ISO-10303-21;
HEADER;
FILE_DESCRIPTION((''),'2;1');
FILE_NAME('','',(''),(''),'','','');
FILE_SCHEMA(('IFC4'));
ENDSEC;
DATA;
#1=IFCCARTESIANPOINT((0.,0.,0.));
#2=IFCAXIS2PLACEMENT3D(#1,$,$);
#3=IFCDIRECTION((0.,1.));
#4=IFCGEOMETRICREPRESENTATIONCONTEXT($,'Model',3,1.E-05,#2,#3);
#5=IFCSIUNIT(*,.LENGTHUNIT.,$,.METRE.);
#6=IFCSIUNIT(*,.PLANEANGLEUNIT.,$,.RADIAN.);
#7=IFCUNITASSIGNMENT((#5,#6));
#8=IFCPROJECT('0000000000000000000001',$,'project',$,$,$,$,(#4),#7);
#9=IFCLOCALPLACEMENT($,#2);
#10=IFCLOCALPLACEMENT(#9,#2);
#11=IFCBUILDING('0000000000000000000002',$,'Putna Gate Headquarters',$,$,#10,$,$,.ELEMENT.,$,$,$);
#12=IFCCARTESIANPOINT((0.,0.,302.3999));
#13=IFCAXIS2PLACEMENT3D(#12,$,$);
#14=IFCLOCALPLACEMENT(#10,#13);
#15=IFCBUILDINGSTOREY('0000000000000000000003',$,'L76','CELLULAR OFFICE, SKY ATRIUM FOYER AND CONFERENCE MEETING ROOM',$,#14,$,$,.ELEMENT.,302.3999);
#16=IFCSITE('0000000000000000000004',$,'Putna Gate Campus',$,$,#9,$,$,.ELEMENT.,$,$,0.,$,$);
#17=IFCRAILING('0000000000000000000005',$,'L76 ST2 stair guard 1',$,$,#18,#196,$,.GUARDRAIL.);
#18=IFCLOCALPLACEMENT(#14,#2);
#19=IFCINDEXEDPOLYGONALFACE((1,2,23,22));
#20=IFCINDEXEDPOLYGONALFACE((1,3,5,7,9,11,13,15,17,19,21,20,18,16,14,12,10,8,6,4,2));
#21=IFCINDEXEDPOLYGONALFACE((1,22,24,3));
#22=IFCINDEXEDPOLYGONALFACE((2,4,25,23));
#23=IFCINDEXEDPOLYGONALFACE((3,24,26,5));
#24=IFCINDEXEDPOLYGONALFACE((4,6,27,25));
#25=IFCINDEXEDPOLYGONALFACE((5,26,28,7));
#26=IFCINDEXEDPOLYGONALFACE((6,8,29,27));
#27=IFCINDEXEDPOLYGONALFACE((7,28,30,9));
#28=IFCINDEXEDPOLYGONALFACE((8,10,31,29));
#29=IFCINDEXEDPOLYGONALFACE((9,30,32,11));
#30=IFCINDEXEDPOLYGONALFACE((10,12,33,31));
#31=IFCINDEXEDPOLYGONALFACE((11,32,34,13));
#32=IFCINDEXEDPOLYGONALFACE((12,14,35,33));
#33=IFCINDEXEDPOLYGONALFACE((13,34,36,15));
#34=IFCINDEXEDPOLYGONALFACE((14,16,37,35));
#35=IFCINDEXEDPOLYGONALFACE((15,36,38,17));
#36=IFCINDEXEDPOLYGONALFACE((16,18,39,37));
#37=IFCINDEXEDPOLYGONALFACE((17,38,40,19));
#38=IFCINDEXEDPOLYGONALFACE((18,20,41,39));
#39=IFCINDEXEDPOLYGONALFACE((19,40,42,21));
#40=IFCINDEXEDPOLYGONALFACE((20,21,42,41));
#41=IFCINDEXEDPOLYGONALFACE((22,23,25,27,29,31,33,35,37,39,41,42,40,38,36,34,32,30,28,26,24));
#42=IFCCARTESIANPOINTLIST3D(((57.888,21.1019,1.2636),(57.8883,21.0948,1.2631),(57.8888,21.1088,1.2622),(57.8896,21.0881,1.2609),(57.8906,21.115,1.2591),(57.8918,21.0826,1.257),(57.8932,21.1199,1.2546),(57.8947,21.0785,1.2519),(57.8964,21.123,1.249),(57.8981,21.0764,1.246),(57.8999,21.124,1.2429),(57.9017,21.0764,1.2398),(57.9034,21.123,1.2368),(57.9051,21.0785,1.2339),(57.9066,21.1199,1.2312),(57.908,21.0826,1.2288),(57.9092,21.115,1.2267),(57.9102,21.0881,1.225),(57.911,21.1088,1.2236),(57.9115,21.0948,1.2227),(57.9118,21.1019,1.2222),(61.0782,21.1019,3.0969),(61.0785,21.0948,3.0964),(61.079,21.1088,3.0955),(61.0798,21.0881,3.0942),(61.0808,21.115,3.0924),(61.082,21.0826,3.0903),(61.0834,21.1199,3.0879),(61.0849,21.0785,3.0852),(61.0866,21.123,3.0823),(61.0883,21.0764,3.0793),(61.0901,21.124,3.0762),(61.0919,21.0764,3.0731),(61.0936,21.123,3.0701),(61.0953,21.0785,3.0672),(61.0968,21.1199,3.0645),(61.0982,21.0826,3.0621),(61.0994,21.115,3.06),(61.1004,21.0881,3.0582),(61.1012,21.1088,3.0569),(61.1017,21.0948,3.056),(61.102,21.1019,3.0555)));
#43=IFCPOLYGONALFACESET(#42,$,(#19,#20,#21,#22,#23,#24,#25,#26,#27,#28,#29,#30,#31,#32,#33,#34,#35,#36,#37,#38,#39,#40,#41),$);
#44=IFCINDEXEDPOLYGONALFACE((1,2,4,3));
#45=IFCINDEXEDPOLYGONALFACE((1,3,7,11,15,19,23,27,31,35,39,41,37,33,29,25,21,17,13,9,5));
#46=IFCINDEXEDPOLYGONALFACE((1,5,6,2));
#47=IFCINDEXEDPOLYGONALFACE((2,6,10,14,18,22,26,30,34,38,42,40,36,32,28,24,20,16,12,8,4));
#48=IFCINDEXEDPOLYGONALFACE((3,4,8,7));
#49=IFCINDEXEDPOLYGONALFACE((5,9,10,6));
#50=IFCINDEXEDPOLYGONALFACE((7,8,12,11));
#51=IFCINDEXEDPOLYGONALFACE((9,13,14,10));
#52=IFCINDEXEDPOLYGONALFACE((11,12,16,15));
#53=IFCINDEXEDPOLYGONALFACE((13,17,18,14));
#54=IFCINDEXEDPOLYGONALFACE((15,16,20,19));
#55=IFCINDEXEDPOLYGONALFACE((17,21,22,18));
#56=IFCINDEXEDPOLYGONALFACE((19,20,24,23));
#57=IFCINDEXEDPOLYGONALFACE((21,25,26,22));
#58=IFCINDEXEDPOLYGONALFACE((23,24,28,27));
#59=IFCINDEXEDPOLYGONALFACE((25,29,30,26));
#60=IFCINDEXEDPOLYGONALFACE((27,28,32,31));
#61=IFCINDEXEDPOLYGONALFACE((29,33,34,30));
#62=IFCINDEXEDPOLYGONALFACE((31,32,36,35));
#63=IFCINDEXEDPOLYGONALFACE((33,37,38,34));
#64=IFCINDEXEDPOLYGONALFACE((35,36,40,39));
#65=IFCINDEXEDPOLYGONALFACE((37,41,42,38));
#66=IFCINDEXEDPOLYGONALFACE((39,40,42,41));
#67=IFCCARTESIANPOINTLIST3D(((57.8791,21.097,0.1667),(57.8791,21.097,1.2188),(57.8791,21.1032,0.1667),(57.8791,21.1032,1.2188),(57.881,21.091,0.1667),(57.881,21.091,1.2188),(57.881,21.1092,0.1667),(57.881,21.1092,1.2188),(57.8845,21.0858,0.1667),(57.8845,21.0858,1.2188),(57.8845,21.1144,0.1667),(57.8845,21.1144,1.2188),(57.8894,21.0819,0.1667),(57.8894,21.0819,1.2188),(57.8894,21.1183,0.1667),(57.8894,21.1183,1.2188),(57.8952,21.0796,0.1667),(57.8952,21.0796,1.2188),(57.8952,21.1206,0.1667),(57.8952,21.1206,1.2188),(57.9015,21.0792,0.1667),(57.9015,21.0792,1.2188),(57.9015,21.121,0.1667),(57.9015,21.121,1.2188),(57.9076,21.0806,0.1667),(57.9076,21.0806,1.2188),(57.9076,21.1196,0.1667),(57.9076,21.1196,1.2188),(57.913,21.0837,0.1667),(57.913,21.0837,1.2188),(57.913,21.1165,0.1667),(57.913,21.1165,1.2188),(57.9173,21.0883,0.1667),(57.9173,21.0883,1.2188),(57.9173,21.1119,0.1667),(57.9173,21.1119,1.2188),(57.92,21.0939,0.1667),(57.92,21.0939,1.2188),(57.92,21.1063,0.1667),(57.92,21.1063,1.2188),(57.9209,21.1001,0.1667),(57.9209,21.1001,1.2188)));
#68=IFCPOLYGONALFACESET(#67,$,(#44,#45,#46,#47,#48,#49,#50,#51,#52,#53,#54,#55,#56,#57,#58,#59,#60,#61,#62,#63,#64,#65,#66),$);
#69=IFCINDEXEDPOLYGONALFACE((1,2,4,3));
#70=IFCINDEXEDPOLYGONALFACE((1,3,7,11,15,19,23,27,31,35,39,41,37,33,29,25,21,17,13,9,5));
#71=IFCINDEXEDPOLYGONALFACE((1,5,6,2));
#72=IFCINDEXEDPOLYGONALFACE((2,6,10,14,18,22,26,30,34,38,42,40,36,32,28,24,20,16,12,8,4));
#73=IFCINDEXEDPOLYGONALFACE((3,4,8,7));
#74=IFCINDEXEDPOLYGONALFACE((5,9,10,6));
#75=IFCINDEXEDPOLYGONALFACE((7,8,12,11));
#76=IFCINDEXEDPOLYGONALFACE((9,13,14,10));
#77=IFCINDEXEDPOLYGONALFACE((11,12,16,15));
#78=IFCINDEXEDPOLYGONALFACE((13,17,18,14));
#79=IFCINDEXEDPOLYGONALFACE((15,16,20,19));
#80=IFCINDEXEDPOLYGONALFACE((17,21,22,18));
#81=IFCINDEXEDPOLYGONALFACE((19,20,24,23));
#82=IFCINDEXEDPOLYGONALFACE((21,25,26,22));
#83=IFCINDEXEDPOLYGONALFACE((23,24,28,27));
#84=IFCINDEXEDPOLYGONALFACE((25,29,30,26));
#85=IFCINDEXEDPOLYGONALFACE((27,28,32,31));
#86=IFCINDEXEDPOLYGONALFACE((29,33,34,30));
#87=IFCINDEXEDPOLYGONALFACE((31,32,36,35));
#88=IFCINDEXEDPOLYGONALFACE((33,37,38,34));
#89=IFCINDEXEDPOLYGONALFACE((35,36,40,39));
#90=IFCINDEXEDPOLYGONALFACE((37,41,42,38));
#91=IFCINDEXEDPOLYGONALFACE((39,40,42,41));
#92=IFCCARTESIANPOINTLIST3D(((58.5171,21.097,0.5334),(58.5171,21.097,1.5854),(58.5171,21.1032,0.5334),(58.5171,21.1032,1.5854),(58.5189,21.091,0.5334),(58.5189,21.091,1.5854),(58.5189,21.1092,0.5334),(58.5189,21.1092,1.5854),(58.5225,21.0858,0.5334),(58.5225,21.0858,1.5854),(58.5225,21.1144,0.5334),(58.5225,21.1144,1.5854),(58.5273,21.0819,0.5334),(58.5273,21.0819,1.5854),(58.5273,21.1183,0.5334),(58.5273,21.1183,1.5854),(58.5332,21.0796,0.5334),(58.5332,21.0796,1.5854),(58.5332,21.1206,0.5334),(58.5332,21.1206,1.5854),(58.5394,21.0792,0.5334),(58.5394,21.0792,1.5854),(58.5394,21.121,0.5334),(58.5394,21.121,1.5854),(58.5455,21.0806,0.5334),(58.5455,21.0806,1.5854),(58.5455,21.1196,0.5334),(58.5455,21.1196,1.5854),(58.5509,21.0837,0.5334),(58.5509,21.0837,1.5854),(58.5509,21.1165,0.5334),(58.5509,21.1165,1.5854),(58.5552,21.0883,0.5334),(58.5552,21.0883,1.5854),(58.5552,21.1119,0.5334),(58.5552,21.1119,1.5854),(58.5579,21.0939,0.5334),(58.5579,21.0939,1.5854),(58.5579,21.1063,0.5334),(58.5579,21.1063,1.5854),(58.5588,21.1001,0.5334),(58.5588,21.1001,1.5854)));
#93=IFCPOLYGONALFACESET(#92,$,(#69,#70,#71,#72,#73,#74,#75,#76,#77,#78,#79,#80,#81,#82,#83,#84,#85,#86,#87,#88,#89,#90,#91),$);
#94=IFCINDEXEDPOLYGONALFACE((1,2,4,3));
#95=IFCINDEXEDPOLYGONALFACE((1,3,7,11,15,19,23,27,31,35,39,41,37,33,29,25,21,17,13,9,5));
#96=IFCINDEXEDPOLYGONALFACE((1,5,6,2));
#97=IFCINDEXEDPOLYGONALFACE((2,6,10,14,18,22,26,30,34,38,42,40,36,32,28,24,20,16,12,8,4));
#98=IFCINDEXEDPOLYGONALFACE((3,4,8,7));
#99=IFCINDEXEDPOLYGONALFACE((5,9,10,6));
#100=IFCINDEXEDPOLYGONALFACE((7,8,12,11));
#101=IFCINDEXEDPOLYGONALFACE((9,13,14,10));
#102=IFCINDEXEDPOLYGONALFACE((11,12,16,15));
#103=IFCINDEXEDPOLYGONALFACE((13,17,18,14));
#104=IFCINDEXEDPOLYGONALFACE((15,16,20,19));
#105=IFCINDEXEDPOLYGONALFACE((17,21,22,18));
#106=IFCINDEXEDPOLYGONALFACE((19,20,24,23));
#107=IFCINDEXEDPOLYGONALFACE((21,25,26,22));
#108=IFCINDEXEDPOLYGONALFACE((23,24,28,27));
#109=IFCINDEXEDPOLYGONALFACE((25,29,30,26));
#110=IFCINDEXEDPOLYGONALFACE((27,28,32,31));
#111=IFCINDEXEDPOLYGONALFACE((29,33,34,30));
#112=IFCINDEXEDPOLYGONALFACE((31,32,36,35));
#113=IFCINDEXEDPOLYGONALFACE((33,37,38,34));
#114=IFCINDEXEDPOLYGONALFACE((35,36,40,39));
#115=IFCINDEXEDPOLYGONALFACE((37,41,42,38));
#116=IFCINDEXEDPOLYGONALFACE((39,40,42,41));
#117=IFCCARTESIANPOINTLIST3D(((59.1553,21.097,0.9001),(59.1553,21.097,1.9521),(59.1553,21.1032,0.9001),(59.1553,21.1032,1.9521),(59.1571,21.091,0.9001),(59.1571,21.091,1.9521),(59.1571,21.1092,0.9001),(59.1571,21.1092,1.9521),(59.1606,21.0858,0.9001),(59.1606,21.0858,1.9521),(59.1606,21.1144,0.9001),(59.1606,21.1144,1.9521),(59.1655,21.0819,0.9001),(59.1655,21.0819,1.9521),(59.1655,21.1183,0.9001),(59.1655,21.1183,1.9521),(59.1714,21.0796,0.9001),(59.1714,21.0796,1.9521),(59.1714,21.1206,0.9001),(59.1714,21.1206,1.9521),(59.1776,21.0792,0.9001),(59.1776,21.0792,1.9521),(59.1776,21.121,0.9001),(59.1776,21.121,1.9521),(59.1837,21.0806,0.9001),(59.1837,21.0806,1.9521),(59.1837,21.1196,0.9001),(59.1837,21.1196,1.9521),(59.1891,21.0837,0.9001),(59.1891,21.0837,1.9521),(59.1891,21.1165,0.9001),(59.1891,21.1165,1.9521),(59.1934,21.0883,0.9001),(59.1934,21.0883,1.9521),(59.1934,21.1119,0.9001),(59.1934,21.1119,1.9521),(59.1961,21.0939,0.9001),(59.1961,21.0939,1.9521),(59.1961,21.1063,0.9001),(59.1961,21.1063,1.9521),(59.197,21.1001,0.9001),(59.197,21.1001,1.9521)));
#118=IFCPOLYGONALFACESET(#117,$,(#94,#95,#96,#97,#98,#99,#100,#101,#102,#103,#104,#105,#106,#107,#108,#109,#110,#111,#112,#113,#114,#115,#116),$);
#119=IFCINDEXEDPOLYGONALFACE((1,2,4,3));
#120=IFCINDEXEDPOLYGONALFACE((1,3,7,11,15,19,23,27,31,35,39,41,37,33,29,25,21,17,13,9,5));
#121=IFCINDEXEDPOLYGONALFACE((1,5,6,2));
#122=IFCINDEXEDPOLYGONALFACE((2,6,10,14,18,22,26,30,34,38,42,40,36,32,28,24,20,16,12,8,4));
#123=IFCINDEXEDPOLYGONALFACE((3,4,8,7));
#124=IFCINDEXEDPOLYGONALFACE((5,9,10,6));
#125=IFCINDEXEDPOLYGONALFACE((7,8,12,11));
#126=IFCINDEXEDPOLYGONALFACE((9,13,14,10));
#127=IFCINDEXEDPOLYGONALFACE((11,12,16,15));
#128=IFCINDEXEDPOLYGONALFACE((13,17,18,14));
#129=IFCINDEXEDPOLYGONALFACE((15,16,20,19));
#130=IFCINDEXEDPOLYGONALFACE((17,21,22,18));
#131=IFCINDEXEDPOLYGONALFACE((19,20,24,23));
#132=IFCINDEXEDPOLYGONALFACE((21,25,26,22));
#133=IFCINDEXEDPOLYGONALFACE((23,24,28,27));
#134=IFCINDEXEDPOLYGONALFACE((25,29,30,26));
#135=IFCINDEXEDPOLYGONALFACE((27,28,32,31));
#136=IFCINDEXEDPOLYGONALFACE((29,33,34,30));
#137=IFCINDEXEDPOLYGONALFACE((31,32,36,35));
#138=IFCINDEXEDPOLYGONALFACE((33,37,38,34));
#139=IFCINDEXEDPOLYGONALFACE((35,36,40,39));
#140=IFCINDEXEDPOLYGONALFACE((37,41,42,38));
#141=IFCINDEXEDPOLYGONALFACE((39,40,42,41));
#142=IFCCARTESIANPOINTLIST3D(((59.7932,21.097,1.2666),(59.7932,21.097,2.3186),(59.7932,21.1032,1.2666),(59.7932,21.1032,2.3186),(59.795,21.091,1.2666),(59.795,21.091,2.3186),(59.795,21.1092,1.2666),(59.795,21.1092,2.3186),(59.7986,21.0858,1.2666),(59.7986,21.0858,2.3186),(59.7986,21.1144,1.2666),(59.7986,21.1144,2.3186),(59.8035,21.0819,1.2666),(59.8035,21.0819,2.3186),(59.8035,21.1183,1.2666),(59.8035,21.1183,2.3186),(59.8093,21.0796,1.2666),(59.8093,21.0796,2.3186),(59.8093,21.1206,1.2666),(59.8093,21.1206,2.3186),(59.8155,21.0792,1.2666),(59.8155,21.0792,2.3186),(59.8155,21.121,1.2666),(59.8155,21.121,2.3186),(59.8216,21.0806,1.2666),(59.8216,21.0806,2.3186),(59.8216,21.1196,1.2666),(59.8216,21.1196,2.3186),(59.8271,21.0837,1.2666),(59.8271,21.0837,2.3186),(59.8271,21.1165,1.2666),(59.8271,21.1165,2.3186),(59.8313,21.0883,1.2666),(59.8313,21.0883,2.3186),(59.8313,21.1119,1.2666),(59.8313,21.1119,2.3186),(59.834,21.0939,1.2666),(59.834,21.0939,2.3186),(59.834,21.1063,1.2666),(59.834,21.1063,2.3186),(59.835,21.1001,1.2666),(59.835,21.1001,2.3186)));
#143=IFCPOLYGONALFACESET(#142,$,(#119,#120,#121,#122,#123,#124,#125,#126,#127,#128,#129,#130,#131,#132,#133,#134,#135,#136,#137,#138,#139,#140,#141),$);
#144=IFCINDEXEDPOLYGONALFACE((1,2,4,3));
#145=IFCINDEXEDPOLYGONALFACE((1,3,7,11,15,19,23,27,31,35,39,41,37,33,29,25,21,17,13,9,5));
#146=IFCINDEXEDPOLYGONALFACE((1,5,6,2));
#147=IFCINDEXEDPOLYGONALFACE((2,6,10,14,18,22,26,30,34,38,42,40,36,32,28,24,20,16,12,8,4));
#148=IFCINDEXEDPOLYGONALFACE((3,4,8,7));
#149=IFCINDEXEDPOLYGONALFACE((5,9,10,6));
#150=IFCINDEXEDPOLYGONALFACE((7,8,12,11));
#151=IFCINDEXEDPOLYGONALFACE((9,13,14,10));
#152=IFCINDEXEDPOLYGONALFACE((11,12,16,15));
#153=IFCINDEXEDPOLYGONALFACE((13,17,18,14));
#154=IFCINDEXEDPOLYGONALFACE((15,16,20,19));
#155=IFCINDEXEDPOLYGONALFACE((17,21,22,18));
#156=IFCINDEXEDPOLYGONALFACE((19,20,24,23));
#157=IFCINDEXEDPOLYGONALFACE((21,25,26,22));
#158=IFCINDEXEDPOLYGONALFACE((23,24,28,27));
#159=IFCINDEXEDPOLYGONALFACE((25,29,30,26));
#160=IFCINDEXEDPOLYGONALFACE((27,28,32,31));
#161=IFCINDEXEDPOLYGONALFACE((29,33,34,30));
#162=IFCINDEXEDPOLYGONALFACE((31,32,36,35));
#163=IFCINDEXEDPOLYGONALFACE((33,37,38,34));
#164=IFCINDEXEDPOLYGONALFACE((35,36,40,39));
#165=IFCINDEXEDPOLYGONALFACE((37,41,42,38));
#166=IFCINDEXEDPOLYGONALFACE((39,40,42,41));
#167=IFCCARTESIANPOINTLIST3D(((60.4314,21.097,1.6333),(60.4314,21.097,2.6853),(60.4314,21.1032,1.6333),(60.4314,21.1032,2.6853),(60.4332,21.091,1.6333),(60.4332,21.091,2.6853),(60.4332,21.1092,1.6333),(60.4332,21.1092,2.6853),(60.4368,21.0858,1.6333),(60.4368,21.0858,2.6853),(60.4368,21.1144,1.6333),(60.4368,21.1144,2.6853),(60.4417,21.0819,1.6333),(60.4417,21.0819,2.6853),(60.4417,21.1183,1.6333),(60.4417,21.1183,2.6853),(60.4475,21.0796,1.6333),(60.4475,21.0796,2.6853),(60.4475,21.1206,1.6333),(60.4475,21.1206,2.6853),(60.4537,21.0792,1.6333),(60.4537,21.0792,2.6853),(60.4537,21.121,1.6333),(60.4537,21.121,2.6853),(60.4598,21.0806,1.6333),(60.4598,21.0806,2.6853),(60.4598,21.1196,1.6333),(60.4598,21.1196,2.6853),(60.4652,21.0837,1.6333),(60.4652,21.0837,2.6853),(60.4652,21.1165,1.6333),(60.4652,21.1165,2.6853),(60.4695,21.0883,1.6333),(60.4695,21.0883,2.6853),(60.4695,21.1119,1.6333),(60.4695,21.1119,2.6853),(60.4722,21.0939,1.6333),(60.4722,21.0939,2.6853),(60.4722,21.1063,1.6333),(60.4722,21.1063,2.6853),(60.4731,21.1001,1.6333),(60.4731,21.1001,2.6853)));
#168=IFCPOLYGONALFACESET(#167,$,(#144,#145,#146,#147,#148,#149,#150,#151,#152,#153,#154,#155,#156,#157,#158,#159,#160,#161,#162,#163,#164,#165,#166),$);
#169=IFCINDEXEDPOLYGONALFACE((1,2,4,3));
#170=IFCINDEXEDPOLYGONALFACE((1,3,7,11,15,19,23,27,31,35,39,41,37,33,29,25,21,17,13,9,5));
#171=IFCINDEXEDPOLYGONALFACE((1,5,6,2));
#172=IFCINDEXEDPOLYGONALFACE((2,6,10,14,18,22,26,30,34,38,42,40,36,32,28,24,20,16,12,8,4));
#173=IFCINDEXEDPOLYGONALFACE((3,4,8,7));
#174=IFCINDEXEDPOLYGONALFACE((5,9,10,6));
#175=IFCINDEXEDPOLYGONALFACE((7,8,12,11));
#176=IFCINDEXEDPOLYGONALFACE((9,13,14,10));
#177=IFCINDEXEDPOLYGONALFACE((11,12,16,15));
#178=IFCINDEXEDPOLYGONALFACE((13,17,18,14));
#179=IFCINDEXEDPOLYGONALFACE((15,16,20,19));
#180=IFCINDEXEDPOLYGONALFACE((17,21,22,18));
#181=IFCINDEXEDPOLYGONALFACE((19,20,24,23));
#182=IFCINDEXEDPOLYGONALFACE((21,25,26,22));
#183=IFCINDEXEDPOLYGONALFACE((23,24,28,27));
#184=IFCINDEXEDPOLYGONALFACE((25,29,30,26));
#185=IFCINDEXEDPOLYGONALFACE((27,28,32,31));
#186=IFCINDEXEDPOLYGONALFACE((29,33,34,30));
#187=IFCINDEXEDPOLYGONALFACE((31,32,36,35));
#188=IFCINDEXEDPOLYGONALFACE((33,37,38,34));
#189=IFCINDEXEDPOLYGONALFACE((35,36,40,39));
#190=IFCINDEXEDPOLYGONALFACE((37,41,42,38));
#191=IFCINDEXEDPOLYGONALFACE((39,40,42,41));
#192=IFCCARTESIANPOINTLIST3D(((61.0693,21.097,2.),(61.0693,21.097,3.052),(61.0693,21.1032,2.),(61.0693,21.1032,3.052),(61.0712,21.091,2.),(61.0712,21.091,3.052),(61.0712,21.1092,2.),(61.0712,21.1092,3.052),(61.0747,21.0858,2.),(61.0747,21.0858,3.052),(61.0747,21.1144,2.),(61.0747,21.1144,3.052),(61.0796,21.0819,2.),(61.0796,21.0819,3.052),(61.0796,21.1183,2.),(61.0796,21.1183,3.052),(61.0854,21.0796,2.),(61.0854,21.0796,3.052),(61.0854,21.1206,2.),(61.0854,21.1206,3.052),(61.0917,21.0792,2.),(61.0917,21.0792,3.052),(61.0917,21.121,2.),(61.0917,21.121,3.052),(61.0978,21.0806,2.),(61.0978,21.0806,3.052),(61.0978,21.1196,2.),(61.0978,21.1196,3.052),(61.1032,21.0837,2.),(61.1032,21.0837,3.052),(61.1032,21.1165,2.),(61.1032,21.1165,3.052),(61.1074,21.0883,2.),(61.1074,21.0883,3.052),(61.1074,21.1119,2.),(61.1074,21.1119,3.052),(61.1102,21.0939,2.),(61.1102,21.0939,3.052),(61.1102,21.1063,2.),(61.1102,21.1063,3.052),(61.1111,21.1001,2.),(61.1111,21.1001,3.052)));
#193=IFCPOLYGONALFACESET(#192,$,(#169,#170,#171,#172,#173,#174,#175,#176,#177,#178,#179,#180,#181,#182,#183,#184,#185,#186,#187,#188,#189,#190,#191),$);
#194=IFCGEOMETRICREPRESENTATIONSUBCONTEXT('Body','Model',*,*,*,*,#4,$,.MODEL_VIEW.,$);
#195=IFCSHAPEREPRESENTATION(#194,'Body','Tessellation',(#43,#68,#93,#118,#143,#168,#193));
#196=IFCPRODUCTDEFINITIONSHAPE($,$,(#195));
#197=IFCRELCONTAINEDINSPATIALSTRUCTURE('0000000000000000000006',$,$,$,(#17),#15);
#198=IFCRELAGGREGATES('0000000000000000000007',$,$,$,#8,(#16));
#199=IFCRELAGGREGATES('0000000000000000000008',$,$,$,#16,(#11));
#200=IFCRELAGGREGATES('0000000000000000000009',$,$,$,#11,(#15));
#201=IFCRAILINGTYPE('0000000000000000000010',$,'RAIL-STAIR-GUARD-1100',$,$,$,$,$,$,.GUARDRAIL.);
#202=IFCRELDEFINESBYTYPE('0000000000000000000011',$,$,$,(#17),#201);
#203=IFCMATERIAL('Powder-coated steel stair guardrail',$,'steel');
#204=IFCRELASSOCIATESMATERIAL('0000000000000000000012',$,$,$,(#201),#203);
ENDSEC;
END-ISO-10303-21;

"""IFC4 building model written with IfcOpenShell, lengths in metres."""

from ifc_helpers import new_model, si_unit, direction, frame, origin, origin_2d, place, context, subcontext, project, spatial, circle, extrude, material, type_object, element, save


model = new_model("IFC4")

# Units and contexts
model_context = context("Model", 3, precision=1e-05, world=origin(), true_north=direction((0.0, 1.0)))
body_context = subcontext(model_context, "Body", "Model", "MODEL_VIEW")
ifc_project = project(units=[si_unit("LENGTHUNIT", "METRE"), si_unit("PLANEANGLEUNIT", "RADIAN")], contexts=[model_context])

# Site, building, storey
site_placement = place(None, origin())
site = spatial("IfcSite", under=ifc_project, at=site_placement, Name="Putna Gate Campus", CompositionType="ELEMENT", RefElevation=0.0)
building_placement = place(site_placement, origin())
building = spatial("IfcBuilding", under=site, at=building_placement, Name="Putna Gate Headquarters", CompositionType="ELEMENT")
storey_placement = place(building_placement, frame((0.0, 0.0, 302.3999)))
storey = spatial("IfcBuildingStorey", under=building, at=storey_placement, Name="L76", Description="CELLULAR OFFICE, SKY ATRIUM FOYER AND CONFERENCE MEETING ROOM", CompositionType="ELEMENT", Elevation=302.3999)

# Railing
ifc_material_1 = material(Name="Powder-coated steel stair guardrail", Category="steel")
railing_type_1 = type_object("IfcRailingType", Name="RAIL-STAIR-GUARD-1100", PredefinedType="GUARDRAIL", material=ifc_material_1)
railing_1_placement = place(storey_placement, frame((57.8999, 21.1001, 0.1667)))
element("IfcRailing", 1, at=railing_1_placement, inside=storey, type_object=railing_type_1, Name="L76 ST2 stair guard 1", PredefinedType="GUARDRAIL", context=body_context, shape_type="SweptSolid", body=[
    extrude(circle(Radius=0.0239, at=origin_2d()), frame((0.0, 0.0, 1.0762), z_axis=(0.867036, 0.0, 0.498245), x_axis=(0.0, 1.0, 0.0)), (0.0, 0.0, 1.0), 3.6794),
    extrude(circle(Radius=0.021, at=origin_2d()), origin(), (0.0, 0.0, 1.0), 1.052),
    extrude(circle(Radius=0.021, at=origin_2d()), frame((0.6379, 0.0, 0.3667)), (0.0, 0.0, 1.0), 1.052),
    extrude(circle(Radius=0.021, at=origin_2d()), frame((1.2761, 0.0, 0.7334)), (0.0, 0.0, 1.0), 1.052),
    extrude(circle(Radius=0.021, at=origin_2d()), frame((1.9141, 0.0, 1.0999)), (0.0, 0.0, 1.0), 1.052),
    extrude(circle(Radius=0.021, at=origin_2d()), frame((2.5522, 0.0, 1.4666)), (0.0, 0.0, 1.0), 1.052),
    extrude(circle(Radius=0.021, at=origin_2d()), frame((3.1902, 0.0, 1.8333)), (0.0, 0.0, 1.0), 1.052),
])

save(model, "model.ifc")
